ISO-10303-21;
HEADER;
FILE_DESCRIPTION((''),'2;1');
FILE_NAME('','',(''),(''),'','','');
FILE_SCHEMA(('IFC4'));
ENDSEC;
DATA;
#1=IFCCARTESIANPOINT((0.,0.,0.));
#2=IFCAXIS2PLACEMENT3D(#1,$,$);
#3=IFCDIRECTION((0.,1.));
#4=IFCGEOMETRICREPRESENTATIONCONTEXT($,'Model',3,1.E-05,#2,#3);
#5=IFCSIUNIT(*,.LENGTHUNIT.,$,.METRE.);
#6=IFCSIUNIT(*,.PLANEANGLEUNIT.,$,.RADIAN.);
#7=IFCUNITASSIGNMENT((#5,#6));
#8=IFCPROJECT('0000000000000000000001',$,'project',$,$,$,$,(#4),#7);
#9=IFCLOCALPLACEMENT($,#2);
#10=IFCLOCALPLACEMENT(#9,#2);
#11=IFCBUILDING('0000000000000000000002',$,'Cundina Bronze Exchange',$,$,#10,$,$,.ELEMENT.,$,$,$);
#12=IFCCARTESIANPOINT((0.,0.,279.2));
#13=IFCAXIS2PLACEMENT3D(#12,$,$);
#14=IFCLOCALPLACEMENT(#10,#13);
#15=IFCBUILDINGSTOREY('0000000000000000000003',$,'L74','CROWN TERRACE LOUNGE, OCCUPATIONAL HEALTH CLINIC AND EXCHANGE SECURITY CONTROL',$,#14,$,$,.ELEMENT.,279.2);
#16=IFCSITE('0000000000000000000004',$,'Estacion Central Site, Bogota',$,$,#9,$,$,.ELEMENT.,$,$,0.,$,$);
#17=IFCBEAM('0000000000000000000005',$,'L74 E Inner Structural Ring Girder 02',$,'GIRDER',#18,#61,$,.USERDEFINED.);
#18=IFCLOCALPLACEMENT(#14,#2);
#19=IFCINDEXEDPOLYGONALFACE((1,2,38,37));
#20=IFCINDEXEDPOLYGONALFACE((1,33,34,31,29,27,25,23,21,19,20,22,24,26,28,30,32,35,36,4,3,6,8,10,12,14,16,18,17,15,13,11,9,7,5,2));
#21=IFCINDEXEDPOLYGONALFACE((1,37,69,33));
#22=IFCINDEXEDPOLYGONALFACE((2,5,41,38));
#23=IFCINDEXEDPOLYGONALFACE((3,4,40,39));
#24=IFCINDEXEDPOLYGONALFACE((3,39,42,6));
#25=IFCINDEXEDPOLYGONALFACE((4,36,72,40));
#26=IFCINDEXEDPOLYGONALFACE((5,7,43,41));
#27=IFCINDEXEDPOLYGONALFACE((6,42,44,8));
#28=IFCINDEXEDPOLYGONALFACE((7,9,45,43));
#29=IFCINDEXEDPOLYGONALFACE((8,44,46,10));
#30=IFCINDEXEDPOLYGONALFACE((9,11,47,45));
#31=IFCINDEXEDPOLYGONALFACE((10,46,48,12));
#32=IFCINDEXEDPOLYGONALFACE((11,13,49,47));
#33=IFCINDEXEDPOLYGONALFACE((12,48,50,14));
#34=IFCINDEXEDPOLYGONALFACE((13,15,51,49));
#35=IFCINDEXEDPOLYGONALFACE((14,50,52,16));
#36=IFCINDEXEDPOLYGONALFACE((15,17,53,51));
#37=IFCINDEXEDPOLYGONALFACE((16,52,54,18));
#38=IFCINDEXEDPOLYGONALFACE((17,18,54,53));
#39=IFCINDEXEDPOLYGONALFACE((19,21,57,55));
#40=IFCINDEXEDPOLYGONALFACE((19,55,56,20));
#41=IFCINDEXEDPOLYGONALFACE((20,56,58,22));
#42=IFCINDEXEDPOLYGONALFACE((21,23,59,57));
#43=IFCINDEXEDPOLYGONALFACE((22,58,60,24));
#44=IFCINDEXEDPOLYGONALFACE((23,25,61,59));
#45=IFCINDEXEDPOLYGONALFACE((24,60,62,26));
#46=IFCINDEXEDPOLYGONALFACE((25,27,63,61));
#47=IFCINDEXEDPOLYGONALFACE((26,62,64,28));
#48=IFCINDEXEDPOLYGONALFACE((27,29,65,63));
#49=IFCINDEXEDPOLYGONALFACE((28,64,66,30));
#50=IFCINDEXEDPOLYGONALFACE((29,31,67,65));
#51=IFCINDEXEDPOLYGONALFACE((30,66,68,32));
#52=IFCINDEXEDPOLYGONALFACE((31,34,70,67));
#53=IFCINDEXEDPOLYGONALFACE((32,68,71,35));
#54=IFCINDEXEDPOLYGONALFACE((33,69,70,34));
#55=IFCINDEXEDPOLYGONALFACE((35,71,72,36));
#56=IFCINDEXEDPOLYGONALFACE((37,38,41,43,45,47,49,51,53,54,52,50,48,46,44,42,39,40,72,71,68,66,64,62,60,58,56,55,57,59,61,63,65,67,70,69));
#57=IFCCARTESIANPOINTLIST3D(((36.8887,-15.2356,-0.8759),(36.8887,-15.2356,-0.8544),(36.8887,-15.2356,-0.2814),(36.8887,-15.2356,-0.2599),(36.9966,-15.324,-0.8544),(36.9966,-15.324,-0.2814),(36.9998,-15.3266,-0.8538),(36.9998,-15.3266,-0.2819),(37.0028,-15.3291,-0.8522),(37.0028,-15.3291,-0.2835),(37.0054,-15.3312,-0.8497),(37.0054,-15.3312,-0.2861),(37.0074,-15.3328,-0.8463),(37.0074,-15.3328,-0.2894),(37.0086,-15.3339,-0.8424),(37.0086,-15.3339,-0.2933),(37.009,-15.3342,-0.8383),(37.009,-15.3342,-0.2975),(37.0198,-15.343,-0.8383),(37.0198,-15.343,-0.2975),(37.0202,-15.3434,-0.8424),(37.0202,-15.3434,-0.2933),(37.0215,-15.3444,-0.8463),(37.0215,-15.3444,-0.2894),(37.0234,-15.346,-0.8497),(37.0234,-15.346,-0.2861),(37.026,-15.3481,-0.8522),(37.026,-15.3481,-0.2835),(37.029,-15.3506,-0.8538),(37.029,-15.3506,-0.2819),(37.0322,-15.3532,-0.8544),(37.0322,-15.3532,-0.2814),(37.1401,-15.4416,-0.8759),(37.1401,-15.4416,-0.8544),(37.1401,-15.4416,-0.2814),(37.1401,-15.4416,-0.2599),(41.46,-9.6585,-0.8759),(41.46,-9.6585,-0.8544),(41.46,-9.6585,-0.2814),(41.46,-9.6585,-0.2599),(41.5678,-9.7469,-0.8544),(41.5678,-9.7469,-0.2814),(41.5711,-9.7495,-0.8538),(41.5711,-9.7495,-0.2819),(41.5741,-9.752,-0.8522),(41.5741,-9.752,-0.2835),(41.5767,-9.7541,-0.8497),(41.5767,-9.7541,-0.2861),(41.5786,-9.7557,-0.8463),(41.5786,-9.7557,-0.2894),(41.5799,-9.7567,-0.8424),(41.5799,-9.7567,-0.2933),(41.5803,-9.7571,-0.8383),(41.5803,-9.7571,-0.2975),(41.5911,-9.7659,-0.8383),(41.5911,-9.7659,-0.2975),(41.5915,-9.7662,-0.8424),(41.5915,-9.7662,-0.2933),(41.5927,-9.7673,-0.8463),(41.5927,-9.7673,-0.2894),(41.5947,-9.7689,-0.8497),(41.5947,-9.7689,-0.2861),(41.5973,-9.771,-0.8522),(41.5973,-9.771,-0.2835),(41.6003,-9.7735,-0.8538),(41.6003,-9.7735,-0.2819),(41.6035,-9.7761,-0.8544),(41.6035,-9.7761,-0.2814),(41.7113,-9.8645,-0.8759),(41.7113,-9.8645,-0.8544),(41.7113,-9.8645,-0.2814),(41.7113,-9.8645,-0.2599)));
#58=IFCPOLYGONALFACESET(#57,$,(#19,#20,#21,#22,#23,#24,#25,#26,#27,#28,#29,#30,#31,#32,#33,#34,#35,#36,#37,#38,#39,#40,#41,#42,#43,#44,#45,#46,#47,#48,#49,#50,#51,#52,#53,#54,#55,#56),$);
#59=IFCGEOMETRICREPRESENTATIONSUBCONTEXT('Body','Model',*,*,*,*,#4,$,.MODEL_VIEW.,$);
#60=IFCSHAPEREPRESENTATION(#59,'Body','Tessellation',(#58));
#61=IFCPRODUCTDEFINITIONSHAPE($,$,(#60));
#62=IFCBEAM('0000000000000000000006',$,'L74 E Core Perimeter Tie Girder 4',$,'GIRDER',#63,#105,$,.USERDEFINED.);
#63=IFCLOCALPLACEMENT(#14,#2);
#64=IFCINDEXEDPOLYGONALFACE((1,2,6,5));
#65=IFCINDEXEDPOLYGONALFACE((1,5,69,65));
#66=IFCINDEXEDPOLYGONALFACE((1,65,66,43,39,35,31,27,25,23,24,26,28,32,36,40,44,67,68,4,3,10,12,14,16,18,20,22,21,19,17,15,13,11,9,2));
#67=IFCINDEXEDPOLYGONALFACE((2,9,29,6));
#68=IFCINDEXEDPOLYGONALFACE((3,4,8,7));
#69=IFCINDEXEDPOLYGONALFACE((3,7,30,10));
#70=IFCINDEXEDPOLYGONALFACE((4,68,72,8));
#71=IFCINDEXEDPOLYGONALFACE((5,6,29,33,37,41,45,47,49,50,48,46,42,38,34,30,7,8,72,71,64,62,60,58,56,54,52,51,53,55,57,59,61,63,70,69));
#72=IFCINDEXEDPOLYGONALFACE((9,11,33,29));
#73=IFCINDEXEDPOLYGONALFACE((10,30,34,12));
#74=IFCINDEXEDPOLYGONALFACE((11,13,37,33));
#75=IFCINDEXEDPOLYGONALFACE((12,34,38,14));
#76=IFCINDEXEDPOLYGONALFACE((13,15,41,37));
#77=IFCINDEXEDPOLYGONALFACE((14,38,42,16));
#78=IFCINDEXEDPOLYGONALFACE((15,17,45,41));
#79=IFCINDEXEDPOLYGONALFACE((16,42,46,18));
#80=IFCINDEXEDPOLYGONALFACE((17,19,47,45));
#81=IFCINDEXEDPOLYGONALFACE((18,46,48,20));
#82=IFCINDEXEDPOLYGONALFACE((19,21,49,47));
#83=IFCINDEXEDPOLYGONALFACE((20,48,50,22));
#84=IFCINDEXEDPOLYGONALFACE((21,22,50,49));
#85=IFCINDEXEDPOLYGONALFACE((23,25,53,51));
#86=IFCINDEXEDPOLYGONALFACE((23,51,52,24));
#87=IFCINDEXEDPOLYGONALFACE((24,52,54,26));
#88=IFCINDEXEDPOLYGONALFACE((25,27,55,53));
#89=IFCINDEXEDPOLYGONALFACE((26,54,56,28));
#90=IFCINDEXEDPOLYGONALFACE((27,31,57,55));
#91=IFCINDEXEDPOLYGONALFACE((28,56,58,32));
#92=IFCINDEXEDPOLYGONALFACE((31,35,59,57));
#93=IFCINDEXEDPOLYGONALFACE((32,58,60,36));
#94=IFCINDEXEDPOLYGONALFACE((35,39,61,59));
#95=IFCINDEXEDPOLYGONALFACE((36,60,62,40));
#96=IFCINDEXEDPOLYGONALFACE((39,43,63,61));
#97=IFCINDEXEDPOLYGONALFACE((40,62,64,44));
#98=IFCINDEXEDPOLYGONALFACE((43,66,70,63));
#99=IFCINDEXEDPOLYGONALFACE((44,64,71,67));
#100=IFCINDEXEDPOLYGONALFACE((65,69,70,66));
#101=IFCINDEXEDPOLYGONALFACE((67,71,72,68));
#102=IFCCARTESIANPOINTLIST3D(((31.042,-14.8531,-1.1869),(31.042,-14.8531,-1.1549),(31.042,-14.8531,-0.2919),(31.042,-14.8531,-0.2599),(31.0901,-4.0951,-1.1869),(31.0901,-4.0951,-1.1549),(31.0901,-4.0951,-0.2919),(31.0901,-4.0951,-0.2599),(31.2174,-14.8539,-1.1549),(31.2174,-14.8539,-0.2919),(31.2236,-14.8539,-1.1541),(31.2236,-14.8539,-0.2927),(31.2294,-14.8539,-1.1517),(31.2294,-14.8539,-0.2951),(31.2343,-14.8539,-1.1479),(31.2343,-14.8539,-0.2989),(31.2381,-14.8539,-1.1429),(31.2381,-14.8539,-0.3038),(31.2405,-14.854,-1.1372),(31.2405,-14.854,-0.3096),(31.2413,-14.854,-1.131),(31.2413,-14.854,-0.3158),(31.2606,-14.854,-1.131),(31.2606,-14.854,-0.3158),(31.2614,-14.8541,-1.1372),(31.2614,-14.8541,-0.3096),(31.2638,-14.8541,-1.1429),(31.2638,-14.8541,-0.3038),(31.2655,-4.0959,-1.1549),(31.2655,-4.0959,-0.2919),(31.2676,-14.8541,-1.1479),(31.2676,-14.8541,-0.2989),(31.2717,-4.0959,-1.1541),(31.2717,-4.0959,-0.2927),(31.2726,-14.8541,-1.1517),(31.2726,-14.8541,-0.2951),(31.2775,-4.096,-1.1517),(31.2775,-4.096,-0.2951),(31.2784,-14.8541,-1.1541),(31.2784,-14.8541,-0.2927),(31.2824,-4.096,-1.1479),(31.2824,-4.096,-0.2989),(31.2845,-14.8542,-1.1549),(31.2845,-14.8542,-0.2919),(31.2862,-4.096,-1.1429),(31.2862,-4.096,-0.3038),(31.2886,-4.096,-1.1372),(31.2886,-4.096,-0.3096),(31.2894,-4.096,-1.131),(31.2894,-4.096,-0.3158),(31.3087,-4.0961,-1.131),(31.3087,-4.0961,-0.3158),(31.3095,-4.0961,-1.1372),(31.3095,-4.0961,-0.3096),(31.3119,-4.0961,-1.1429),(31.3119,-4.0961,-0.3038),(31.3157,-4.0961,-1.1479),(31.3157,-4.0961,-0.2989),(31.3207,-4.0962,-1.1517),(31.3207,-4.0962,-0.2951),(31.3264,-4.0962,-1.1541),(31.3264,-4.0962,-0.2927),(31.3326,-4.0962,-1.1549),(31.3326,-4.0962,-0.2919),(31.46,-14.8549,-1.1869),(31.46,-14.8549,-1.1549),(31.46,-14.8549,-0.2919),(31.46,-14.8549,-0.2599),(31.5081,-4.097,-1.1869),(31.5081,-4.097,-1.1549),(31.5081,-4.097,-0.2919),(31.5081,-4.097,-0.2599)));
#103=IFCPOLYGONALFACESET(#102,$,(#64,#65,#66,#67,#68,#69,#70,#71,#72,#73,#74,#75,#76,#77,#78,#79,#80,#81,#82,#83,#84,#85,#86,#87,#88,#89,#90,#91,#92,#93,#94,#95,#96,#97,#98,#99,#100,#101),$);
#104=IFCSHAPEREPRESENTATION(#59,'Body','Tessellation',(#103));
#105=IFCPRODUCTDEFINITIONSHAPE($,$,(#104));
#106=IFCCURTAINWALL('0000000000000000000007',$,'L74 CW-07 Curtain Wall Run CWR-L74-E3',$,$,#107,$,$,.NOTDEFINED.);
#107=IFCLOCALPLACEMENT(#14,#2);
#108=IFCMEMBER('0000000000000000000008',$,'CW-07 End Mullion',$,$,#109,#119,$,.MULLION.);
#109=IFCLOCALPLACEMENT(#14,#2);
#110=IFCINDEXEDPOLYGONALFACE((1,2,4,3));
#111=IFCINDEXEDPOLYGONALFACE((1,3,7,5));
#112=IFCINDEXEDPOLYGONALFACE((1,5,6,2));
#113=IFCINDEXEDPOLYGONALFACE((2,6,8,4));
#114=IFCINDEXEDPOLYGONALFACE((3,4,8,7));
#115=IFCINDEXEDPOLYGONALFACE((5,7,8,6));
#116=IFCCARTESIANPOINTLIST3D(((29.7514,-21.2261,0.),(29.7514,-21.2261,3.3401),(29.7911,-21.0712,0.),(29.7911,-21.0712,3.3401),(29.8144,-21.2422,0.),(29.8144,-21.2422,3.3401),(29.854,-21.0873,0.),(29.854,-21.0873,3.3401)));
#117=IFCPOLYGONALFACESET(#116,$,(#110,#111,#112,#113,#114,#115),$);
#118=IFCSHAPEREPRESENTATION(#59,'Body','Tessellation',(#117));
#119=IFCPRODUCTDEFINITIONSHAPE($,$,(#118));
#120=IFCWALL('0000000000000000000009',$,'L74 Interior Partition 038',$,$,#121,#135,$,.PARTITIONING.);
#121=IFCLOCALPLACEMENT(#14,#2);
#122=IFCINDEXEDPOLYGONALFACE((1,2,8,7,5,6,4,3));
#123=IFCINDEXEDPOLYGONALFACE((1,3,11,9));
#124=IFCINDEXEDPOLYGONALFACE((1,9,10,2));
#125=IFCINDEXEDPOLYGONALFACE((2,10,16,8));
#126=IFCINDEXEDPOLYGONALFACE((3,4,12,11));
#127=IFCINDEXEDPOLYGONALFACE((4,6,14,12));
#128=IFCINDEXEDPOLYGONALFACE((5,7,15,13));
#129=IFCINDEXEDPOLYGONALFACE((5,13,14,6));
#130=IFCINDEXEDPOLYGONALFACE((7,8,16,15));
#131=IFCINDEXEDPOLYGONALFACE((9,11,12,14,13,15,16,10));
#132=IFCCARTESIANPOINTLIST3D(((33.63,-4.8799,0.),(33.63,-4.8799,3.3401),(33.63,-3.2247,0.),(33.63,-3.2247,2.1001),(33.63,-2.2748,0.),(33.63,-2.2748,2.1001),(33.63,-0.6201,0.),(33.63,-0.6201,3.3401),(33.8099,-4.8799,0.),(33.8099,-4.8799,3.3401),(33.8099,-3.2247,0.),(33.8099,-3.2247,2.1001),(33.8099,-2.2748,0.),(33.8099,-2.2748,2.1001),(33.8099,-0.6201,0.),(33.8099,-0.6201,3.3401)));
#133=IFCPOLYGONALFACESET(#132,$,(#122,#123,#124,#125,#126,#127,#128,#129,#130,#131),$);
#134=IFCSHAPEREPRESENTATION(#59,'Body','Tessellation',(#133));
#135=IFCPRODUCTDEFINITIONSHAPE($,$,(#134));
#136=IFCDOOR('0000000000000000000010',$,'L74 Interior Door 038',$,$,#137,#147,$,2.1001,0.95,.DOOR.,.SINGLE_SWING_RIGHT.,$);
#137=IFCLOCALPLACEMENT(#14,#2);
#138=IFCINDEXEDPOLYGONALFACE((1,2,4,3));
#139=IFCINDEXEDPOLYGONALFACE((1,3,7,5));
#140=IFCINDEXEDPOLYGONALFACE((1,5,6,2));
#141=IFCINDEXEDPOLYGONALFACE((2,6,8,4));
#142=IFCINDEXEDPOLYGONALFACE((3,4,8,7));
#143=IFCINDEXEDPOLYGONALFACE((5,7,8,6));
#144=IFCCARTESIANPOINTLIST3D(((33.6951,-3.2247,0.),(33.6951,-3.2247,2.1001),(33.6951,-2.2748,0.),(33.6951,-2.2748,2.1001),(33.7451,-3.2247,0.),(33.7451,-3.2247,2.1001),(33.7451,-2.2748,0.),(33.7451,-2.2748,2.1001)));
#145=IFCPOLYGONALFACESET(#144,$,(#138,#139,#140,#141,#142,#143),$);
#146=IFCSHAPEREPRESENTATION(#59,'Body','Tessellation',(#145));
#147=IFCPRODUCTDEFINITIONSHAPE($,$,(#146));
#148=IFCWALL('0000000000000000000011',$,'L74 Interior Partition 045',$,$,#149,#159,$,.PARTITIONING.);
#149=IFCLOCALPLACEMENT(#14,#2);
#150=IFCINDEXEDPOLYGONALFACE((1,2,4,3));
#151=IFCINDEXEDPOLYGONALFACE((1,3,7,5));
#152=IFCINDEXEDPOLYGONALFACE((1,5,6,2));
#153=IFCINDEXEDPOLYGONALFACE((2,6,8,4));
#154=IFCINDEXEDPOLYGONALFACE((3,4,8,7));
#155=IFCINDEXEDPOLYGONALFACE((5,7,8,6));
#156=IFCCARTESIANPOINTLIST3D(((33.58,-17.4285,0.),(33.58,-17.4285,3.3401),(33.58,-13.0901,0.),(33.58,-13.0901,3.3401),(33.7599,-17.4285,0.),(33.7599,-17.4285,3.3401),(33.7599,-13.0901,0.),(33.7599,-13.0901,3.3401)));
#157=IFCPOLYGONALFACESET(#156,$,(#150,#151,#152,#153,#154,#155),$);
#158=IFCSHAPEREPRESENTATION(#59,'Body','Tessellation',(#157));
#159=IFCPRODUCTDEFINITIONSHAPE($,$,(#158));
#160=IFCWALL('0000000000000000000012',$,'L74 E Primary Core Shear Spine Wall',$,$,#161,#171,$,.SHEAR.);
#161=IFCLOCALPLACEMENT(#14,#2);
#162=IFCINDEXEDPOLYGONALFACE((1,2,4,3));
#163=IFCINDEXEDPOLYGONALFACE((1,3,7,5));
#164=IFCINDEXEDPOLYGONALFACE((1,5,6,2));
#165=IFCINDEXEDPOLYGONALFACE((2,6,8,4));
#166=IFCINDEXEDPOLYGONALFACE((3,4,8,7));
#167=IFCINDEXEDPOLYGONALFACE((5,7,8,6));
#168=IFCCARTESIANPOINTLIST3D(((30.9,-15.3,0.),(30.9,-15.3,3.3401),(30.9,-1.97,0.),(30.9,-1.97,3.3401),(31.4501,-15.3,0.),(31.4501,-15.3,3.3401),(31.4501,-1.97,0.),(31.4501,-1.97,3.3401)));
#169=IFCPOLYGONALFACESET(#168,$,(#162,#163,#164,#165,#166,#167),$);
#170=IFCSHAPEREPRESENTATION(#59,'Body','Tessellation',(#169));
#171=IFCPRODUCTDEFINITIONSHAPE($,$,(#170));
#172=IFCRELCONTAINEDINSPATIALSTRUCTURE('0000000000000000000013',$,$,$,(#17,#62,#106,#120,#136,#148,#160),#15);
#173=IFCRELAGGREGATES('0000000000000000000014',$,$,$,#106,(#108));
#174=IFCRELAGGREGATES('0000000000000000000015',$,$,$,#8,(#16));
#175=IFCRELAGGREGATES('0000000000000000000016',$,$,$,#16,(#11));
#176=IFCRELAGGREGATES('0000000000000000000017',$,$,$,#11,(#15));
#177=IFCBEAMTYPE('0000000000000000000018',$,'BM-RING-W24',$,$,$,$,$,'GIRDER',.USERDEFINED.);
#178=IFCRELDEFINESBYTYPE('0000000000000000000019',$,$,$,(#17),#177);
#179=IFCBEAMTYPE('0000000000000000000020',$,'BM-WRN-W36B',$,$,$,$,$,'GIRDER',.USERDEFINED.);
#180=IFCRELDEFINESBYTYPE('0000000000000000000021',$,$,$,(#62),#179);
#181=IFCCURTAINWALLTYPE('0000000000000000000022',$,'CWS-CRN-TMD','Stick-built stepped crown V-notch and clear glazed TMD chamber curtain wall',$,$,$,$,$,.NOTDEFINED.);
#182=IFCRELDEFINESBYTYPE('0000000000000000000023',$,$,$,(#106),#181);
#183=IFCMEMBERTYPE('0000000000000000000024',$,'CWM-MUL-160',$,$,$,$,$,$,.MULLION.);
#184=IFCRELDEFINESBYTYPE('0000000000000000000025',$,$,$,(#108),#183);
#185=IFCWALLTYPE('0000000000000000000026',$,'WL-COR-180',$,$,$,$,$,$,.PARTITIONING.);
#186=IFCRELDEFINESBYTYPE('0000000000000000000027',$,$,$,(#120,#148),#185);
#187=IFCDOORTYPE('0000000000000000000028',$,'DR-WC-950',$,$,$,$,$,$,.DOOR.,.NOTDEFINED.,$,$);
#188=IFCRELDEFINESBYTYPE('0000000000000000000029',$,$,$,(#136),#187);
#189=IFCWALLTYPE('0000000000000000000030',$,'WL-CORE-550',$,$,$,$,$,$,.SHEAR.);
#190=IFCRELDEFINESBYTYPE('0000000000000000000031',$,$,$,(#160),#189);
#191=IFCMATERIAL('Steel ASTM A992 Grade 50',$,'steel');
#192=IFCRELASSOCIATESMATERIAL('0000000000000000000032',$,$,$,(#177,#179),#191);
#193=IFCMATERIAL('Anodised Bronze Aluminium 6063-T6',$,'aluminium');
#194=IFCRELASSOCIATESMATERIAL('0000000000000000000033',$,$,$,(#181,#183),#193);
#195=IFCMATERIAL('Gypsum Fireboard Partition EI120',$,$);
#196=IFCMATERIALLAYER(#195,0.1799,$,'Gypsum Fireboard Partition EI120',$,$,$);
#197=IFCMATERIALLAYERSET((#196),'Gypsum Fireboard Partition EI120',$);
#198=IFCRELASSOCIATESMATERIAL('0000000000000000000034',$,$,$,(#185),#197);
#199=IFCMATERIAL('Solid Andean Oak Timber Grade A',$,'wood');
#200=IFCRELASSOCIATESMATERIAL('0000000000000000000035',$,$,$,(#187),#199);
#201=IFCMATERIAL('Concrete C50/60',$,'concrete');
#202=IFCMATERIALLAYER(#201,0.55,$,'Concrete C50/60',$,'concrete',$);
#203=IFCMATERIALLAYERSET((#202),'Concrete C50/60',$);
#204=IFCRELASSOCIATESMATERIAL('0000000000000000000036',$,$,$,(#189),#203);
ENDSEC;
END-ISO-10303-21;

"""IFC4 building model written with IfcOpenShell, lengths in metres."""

from ifc_helpers import new_model, si_unit, direction, frame, frame_2d, origin, origin_2d, place, context, subcontext, project, spatial, rectangle, i_section, extrude, material, layer, layer_set, material_profile, profile_set, type_object, element, fill, aggregate, save


model = new_model("IFC4")

# Units and contexts
model_context = context("Model", 3, precision=1e-05, world=origin(), true_north=direction((0.0, 1.0)))
body_context = subcontext(model_context, "Body", "Model", "MODEL_VIEW")
ifc_project = project(units=[si_unit("LENGTHUNIT", "METRE"), si_unit("PLANEANGLEUNIT", "RADIAN")], contexts=[model_context])

# Site, building, storey
site_placement = place(None, origin())
site = spatial("IfcSite", under=ifc_project, at=site_placement, Name="Estacion Central Site, Bogota", CompositionType="ELEMENT", RefElevation=0.0)
building_placement = place(site_placement, origin())
building = spatial("IfcBuilding", under=site, at=building_placement, Name="Cundina Bronze Exchange", CompositionType="ELEMENT")
storey_placement = place(building_placement, frame((0.0, 0.0, 279.2)))
storey = spatial("IfcBuildingStorey", under=building, at=storey_placement, Name="L74", Description="CROWN TERRACE LOUNGE, OCCUPATIONAL HEALTH CLINIC AND EXCHANGE SECURITY CONTROL", CompositionType="ELEMENT", Elevation=279.2)

# Shared definitions
ifc_material_1 = material(Name="Concrete C50/60", Category="concrete")
ifc_material_2 = material(Name="Steel ASTM A992 Grade 50", Category="steel")

# Beams
ifc_material_profile_1 = material_profile(ifc_material_2, i_section(OverallWidth=0.325, OverallDepth=0.616, WebThickness=0.0139, FlangeThickness=0.0215, FilletRadius=0.0161, at=origin_2d()), Name="W24X117", Category="steel")
ifc_profile_set_1 = profile_set([ifc_material_profile_1], Name="Steel ASTM A992 Grade 50")
beam_type_1 = type_object("IfcBeamType", Name="BM-RING-W24", ElementType="GIRDER", PredefinedType="USERDEFINED", material=ifc_profile_set_1)
beam_1_placement = place(storey_placement, frame((37.0144, -15.3386, -0.5679), z_axis=(0.633916, 0.773402, 0.0), x_axis=(-0.773402, 0.633916, 0.0)))
element("IfcBeam", 1, at=beam_1_placement, inside=storey, type_object=beam_type_1, Name="L74 E Inner Structural Ring Girder 02", ObjectType="GIRDER", PredefinedType="USERDEFINED", context=body_context, shape_type="SweptSolid", body=[
    extrude(i_section(OverallWidth=0.325, OverallDepth=0.616, WebThickness=0.0139, FlangeThickness=0.0215, FilletRadius=0.0161, at=origin_2d()), origin(), (0.0, 0.0, 1.0), 7.2112),
])
ifc_material_profile_2 = material_profile(ifc_material_2, i_section(OverallWidth=0.418, OverallDepth=0.927, WebThickness=0.0193, FlangeThickness=0.032, FilletRadius=0.0239, at=origin_2d()), Name="W36X231", Category="steel")
ifc_profile_set_2 = profile_set([ifc_material_profile_2], Name="Steel ASTM A992 Grade 50")
beam_type_2 = type_object("IfcBeamType", Name="BM-WRN-W36B", ElementType="GIRDER", PredefinedType="USERDEFINED", material=ifc_profile_set_2)
beam_2_placement = place(storey_placement, frame((31.251, -14.854, -0.7234), z_axis=(0.004471, 0.99999, 0.0), x_axis=(-0.99999, 0.004471, 0.0)))
element("IfcBeam", 2, at=beam_2_placement, inside=storey, type_object=beam_type_2, Name="L74 E Core Perimeter Tie Girder 4", ObjectType="GIRDER", PredefinedType="USERDEFINED", context=body_context, shape_type="SweptSolid", body=[
    extrude(i_section(OverallWidth=0.418, OverallDepth=0.927, WebThickness=0.0193, FlangeThickness=0.032, FilletRadius=0.0239, at=origin_2d()), origin(), (0.0, 0.0, 1.0), 10.7581),
])

# Curtain wall, member
ifc_material_3 = material(Name="Anodised Bronze Aluminium 6063-T6", Category="aluminium")
curtain_wall_type = type_object("IfcCurtainWallType", Name="CWS-CRN-TMD", Description="Stick-built stepped crown V-notch and clear glazed TMD chamber curtain wall", PredefinedType="NOTDEFINED", material=ifc_material_3)
curtain_wall_placement = place(storey_placement, origin())
curtain_wall = element("IfcCurtainWall", 3, at=curtain_wall_placement, inside=storey, type_object=curtain_wall_type, Name="L74 CW-07 Curtain Wall Run CWR-L74-E3", PredefinedType="NOTDEFINED")
ifc_material_profile_3 = material_profile(ifc_material_3, rectangle(XDim=0.0649, YDim=0.1599, at=origin_2d()), Name="AL65X160", Category="aluminium")
ifc_profile_set_3 = profile_set([ifc_material_profile_3], Name="Anodised Bronze Aluminium 6063-T6")
member_type = type_object("IfcMemberType", Name="CWM-MUL-160", PredefinedType="MULLION", material=ifc_profile_set_3)
member_placement = place(storey_placement, frame((29.8027, -21.1567, 0.0), z_axis=(0.0, 0.0, 1.0), x_axis=(0.968757, -0.248014, 0.0)))
member = element("IfcMember", 4, at=member_placement, type_object=member_type, Name="CW-07 End Mullion", PredefinedType="MULLION", context=body_context, shape_type="SweptSolid", body=[
    extrude(rectangle(XDim=0.0649, YDim=0.1599, at=origin_2d()), origin(), (0.0, 0.0, 1.0), 3.3401),
])
aggregate(curtain_wall, [member])

# Wall, opening, door
ifc_material_4 = material(Name="Gypsum Fireboard Partition EI120")
ifc_layer_1 = layer(ifc_material_4, 0.1799, Name="Gypsum Fireboard Partition EI120")
ifc_layer_set_1 = layer_set([ifc_layer_1], Name="Gypsum Fireboard Partition EI120")
wall_type_1 = type_object("IfcWallType", Name="WL-COR-180", PredefinedType="PARTITIONING", material=ifc_layer_set_1)
wall_1_placement = place(storey_placement, frame((33.72, -4.8799, 0.0), z_axis=(0.0, 0.0, 1.0), x_axis=(0.0, 1.0, 0.0)))
wall_1 = element("IfcWall", 5, at=wall_1_placement, inside=storey, type_object=wall_type_1, Name="L74 Interior Partition 038", PredefinedType="PARTITIONING", context=body_context, shape_type="SweptSolid", body=[
    extrude(rectangle(XDim=4.2598, YDim=0.1799, at=frame_2d((2.1299, 0.0))), origin(), (0.0, 0.0, 1.0), 3.3401),
])
opening_1_placement = place(wall_1_placement, frame((1.655, 0.0, 0.0)))
opening_1 = element("IfcOpeningElement", 6, at=opening_1_placement, cuts=wall_1, PredefinedType="OPENING", context=body_context, shape_type="SweptSolid", body=[
    extrude(rectangle(XDim=0.95, YDim=2.1001, at=frame_2d((0.4751, 1.05))), frame((0.0, 0.0999, 0.0), z_axis=(0.0, -1.0, 0.0), x_axis=(1.0, 0.0, 0.0)), (0.0, 0.0, 1.0), 0.2),
])
ifc_material_5 = material(Name="Solid Andean Oak Timber Grade A", Category="wood")
door_type_1 = type_object("IfcDoorType", Name="DR-WC-950", OperationType="NOTDEFINED", PredefinedType="DOOR", material=ifc_material_5)
door_1_placement = place(opening_1_placement, origin())
door_1 = element("IfcDoor", 7, at=door_1_placement, inside=storey, type_object=door_type_1, Name="L74 Interior Door 038", OperationType="SINGLE_SWING_RIGHT", OverallHeight=2.1001, OverallWidth=0.95, PredefinedType="DOOR", context=body_context, shape_type="SweptSolid", body=[
    extrude(rectangle(XDim=0.95, YDim=2.1001, at=frame_2d((0.4751, 1.05))), frame((0.0, 0.0249, 0.0), z_axis=(0.0, -1.0, 0.0), x_axis=(1.0, 0.0, 0.0)), (0.0, 0.0, 1.0), 0.05),
])
fill(opening_1, door_1)

# Wall
wall_2_placement = place(storey_placement, frame((33.6699, -17.4285, 0.0), z_axis=(0.0, 0.0, 1.0), x_axis=(0.0, 1.0, 0.0)))
element("IfcWall", 8, at=wall_2_placement, inside=storey, type_object=wall_type_1, Name="L74 Interior Partition 045", PredefinedType="PARTITIONING", context=body_context, shape_type="SweptSolid", body=[
    extrude(rectangle(XDim=4.3384, YDim=0.1799, at=frame_2d((2.1692, 0.0))), origin(), (0.0, 0.0, 1.0), 3.3401),
])

# Wall
ifc_layer_2 = layer(ifc_material_1, 0.55, Name="Concrete C50/60", Category="concrete")
ifc_layer_set_2 = layer_set([ifc_layer_2], Name="Concrete C50/60")
wall_type_2 = type_object("IfcWallType", Name="WL-CORE-550", PredefinedType="SHEAR", material=ifc_layer_set_2)
wall_3_placement = place(storey_placement, frame((31.175, -15.3, 0.0), z_axis=(0.0, 0.0, 1.0), x_axis=(0.0, 1.0, 0.0)))
element("IfcWall", 9, at=wall_3_placement, inside=storey, type_object=wall_type_2, Name="L74 E Primary Core Shear Spine Wall", PredefinedType="SHEAR", context=body_context, shape_type="SweptSolid", body=[
    extrude(rectangle(XDim=13.3301, YDim=0.55, at=frame_2d((6.665, 0.0))), origin(), (0.0, 0.0, 1.0), 3.3401),
])

save(model, "model.ifc")
